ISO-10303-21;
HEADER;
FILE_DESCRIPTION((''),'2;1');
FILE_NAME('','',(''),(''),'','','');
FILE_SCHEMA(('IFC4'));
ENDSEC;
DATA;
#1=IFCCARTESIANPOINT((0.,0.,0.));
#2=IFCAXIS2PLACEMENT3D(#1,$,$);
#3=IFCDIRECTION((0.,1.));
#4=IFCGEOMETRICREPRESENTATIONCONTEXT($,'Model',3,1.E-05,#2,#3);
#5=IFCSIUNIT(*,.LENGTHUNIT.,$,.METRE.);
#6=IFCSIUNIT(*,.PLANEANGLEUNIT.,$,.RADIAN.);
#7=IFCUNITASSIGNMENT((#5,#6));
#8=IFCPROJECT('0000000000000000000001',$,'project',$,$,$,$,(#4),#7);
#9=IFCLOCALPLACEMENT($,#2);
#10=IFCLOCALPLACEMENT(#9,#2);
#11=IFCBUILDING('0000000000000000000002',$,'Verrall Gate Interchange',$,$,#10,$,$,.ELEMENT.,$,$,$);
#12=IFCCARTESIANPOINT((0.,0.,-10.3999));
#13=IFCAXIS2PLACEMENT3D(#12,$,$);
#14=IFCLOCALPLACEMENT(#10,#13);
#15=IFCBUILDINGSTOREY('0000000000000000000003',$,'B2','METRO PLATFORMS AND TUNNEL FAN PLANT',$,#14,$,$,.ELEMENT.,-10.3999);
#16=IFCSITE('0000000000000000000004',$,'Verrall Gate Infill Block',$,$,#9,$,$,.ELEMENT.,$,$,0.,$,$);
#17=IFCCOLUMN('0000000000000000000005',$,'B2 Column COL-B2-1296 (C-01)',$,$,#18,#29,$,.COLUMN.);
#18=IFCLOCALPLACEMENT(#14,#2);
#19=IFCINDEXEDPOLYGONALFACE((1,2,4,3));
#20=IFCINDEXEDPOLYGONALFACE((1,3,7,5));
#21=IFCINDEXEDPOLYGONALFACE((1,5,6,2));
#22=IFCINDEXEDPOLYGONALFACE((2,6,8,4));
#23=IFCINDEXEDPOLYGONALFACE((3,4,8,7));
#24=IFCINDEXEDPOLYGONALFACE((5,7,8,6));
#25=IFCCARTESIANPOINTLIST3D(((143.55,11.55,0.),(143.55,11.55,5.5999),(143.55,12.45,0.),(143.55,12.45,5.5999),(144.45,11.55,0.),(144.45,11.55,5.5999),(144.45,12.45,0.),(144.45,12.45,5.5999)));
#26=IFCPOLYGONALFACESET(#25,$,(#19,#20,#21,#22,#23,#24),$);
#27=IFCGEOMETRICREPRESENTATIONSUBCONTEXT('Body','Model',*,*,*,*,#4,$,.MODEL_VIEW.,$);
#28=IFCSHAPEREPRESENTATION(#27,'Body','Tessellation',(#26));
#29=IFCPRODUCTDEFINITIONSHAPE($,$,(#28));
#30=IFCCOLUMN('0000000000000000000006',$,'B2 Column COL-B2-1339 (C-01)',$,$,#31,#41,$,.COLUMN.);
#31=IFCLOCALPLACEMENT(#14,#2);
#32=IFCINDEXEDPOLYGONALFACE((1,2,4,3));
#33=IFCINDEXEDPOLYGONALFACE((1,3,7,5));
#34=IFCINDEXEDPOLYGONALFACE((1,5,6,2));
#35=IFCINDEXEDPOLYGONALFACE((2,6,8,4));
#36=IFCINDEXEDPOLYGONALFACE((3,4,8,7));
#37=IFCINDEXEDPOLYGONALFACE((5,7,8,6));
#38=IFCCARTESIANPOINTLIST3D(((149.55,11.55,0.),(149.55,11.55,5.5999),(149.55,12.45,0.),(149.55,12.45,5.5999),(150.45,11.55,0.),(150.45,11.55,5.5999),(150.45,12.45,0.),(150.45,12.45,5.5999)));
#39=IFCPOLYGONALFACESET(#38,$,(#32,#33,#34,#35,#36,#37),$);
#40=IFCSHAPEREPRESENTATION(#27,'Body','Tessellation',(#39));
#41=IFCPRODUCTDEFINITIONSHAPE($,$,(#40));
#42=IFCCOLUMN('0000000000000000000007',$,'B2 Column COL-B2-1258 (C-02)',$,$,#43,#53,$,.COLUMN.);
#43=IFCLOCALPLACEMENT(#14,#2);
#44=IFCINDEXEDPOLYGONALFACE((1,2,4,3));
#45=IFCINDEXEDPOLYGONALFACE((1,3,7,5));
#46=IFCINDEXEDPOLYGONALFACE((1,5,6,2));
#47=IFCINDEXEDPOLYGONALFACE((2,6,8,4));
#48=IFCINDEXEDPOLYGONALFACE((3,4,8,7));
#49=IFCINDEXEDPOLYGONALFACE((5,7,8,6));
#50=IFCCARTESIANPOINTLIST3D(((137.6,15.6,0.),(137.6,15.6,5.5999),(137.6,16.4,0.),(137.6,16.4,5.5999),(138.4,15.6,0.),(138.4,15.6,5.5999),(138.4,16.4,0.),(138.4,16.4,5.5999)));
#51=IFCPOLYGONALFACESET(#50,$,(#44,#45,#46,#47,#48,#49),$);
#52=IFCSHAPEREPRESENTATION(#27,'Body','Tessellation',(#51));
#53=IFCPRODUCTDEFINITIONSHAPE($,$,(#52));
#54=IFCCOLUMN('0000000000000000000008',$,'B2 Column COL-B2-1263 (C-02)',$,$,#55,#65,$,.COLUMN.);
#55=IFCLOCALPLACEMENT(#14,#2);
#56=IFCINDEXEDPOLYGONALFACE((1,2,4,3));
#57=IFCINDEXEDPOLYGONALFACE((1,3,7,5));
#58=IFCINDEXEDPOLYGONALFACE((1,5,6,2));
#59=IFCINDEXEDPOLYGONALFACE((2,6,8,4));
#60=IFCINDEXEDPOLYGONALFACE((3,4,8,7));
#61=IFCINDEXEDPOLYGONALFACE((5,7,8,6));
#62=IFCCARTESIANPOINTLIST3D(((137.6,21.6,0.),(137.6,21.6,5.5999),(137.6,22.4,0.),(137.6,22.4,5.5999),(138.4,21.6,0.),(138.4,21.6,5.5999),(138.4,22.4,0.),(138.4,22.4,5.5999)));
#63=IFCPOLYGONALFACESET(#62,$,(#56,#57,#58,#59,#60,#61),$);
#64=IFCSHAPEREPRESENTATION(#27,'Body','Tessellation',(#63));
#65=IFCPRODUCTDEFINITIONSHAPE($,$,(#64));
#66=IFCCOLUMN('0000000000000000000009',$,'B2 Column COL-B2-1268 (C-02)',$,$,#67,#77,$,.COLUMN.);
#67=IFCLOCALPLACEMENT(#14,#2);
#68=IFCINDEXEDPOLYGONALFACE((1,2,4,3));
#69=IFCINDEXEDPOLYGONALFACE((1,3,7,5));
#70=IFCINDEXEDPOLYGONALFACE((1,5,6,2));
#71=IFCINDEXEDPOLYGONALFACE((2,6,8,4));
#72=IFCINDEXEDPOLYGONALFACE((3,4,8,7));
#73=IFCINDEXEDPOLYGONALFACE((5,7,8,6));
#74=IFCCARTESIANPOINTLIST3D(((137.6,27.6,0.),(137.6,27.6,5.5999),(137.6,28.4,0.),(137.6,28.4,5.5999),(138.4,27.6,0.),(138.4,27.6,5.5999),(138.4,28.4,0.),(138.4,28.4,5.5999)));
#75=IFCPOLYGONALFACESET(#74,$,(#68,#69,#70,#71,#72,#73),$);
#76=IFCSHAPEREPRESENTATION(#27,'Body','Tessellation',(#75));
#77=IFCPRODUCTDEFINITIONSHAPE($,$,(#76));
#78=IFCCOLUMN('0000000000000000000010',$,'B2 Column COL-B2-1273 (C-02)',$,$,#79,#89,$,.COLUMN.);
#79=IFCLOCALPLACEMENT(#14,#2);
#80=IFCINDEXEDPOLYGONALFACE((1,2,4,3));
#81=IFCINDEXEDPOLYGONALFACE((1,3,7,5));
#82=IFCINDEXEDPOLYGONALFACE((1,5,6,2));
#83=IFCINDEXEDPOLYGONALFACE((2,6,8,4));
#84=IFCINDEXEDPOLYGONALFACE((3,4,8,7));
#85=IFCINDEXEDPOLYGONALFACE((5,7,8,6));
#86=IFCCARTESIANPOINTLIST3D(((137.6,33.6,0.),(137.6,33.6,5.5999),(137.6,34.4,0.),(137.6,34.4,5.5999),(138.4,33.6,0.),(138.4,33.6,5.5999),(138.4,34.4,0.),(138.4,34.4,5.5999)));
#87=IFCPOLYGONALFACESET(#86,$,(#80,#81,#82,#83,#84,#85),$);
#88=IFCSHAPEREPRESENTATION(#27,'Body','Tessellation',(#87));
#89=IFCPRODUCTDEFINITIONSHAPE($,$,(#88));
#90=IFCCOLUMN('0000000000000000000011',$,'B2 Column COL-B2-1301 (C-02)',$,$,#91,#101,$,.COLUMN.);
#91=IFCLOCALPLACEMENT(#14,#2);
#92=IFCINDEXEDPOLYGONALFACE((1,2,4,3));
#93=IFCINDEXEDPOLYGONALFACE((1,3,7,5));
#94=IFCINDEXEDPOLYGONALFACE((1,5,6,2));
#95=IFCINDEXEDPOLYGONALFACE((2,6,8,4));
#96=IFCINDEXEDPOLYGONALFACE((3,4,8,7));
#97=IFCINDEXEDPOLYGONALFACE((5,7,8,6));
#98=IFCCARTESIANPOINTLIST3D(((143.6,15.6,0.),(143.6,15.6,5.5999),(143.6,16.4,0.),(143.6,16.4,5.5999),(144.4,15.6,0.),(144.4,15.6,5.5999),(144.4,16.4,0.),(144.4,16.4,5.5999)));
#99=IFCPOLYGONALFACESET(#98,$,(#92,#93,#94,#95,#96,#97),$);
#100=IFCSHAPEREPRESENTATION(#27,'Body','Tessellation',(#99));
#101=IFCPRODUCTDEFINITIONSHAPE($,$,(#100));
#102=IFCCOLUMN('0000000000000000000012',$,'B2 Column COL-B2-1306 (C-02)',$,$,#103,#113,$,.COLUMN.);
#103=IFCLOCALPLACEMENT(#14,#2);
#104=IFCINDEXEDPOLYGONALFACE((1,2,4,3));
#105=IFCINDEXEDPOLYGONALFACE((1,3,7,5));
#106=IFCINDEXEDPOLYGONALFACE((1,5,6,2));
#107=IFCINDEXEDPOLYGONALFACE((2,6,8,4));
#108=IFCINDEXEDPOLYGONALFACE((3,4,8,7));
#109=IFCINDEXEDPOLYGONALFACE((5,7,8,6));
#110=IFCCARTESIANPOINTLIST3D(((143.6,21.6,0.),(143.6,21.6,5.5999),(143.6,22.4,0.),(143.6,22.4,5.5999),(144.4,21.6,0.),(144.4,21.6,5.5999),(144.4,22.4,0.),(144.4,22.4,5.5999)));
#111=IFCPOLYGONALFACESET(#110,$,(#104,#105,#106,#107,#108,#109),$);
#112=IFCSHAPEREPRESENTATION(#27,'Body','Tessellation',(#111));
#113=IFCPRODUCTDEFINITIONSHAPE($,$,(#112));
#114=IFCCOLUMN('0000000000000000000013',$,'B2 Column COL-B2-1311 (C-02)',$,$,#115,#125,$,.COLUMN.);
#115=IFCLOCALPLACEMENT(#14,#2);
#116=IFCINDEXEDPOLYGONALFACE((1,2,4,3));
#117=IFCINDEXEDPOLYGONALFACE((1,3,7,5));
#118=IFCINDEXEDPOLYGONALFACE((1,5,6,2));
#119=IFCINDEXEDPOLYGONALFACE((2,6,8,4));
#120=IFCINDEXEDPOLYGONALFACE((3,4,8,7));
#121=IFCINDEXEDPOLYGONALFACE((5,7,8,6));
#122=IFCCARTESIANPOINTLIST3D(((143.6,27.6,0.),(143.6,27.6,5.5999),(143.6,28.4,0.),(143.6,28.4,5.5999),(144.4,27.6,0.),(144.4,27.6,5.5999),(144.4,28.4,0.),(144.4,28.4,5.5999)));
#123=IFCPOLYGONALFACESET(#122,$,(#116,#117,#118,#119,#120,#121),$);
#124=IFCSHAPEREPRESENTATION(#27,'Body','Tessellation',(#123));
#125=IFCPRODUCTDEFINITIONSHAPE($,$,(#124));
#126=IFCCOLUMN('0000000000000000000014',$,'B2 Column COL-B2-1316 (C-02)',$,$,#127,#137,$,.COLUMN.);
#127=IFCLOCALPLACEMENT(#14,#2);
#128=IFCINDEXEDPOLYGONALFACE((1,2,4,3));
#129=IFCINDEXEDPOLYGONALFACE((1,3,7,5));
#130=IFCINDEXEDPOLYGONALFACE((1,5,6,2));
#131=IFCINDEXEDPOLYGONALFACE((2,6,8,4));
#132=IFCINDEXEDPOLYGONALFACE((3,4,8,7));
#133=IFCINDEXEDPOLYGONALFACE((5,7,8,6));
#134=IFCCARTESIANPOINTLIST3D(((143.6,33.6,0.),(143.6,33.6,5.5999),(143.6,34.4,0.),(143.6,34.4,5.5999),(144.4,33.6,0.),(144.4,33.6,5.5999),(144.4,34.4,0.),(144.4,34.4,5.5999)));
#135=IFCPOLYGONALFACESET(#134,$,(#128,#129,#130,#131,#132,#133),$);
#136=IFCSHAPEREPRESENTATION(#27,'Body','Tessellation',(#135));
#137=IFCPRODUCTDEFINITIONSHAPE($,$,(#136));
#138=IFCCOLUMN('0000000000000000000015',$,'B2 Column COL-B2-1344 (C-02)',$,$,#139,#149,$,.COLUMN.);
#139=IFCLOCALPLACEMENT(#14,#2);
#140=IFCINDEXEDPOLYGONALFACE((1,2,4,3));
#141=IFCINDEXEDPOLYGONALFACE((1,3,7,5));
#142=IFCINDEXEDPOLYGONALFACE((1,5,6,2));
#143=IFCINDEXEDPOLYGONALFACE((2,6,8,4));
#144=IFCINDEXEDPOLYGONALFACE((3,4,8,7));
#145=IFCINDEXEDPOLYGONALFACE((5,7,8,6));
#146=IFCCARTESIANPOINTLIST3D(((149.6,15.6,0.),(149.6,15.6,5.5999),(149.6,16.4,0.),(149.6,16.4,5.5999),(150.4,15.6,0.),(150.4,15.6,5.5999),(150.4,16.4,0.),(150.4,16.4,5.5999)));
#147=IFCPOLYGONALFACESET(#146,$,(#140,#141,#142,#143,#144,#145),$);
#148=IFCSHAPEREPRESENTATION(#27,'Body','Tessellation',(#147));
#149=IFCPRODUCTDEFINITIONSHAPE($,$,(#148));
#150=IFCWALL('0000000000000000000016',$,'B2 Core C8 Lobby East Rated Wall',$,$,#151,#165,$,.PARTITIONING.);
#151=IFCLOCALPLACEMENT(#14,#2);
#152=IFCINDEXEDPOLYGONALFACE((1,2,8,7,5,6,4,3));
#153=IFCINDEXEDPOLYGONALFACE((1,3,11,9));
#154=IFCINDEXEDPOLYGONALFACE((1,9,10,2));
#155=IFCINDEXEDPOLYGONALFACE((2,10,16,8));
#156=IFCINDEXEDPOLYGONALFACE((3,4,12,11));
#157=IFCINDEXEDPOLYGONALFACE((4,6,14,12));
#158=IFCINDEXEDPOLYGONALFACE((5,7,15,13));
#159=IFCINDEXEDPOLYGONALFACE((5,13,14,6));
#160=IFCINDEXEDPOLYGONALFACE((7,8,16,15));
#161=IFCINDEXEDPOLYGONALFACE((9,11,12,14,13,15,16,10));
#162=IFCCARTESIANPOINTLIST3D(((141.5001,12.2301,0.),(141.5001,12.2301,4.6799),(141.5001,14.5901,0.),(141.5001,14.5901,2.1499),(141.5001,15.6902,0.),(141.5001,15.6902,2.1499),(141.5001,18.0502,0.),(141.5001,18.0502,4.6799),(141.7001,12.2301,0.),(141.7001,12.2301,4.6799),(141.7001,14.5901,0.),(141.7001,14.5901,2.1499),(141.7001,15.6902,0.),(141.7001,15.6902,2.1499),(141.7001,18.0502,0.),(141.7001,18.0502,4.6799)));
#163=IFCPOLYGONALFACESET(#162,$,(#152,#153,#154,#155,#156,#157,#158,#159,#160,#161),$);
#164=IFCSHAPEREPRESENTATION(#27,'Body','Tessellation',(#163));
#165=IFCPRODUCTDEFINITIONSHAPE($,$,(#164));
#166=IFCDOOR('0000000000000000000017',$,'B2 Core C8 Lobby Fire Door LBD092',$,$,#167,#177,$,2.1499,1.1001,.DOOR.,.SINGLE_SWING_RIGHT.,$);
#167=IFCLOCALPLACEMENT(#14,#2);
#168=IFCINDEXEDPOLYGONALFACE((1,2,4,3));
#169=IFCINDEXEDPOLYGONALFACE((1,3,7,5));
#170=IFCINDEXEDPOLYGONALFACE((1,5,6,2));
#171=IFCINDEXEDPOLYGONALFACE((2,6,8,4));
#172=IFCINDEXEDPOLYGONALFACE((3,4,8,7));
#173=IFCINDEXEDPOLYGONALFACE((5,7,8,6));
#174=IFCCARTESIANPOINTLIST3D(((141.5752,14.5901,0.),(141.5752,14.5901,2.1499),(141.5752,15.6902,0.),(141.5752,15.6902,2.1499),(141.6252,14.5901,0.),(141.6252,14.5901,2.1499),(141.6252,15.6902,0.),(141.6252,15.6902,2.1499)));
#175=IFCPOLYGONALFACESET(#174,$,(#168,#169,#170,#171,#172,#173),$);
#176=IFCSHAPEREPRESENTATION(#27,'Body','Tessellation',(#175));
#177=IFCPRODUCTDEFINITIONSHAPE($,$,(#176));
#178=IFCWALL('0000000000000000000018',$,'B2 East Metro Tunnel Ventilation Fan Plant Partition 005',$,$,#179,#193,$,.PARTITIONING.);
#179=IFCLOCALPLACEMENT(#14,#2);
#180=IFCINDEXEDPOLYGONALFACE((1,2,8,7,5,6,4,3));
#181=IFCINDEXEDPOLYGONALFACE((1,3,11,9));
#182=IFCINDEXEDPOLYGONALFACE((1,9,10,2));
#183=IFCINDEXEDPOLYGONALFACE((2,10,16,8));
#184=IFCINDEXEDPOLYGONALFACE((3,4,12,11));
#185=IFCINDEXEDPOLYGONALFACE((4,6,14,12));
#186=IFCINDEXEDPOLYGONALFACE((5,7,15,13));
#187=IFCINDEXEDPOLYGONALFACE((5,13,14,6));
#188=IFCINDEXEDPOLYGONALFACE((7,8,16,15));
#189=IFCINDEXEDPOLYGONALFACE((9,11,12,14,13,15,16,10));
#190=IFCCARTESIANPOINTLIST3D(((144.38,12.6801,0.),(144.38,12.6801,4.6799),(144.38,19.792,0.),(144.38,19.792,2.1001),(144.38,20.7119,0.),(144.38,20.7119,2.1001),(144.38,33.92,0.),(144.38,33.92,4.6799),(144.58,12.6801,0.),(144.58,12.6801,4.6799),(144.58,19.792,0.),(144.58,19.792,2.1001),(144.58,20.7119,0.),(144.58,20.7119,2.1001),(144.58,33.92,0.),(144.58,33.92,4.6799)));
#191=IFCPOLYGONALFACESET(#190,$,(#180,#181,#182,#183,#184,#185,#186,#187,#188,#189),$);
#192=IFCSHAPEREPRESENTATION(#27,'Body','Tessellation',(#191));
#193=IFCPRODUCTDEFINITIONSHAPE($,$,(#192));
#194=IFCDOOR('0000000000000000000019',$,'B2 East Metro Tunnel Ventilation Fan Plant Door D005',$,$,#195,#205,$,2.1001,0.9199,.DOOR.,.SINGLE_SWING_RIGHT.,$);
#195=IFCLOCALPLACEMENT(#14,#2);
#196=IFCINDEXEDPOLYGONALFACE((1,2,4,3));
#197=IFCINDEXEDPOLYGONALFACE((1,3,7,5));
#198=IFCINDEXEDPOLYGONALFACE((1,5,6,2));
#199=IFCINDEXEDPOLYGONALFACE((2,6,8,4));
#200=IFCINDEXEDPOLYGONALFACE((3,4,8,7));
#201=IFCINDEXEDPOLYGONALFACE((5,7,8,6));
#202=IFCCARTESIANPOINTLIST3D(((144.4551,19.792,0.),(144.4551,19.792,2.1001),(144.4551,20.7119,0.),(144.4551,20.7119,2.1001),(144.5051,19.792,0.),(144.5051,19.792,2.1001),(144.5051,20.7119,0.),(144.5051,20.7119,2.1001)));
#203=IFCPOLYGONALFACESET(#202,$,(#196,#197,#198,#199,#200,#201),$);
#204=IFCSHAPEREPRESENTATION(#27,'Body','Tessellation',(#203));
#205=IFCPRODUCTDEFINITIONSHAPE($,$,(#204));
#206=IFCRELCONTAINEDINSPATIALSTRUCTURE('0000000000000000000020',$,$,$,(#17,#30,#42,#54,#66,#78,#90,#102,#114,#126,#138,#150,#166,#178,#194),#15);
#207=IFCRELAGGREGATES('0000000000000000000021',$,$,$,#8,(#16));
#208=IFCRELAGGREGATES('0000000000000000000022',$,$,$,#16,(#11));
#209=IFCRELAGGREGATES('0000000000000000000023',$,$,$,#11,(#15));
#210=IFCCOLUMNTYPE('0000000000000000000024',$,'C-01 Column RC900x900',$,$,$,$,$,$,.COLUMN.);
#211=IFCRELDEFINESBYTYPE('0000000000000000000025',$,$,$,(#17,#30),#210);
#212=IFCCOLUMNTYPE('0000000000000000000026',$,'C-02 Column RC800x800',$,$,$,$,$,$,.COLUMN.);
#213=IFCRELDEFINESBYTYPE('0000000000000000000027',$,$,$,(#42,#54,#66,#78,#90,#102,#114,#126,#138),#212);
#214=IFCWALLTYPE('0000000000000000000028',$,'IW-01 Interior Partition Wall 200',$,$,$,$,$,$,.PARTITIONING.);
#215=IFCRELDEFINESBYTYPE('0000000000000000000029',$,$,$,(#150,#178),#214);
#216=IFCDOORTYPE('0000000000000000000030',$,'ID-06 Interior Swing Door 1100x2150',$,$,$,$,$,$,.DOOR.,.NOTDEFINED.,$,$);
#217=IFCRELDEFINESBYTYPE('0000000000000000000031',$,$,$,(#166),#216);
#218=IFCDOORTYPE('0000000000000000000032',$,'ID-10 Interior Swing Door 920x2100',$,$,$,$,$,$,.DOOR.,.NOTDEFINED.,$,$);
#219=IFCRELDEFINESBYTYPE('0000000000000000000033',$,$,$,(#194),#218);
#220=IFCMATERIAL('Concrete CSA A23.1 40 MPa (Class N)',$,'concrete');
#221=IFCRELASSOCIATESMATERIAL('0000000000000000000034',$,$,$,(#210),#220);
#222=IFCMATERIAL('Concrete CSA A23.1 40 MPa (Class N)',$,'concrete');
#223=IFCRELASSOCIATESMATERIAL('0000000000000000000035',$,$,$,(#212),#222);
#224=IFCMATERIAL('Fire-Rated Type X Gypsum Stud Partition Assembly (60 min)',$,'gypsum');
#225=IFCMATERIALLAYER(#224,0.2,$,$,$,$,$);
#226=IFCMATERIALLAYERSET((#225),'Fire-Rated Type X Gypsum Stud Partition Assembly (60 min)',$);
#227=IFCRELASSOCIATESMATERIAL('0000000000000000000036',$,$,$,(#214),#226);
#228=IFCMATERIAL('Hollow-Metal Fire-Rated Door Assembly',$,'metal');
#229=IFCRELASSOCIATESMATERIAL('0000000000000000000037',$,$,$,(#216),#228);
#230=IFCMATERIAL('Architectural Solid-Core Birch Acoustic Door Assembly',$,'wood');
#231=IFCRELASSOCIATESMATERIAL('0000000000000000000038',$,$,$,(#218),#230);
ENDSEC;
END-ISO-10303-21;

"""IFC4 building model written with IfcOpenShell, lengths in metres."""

from ifc_helpers import new_model, si_unit, direction, frame, frame_2d, origin, origin_2d, place, context, subcontext, project, spatial, rectangle, extrude, material, layer, layer_set, material_profile, profile_set, type_object, element, fill, save


model = new_model("IFC4")

# Units and contexts
model_context = context("Model", 3, precision=1e-05, world=origin(), true_north=direction((0.0, 1.0)))
body_context = subcontext(model_context, "Body", "Model", "MODEL_VIEW")
ifc_project = project(units=[si_unit("LENGTHUNIT", "METRE"), si_unit("PLANEANGLEUNIT", "RADIAN")], contexts=[model_context])

# Site, building, storey
site_placement = place(None, origin())
site = spatial("IfcSite", under=ifc_project, at=site_placement, Name="Verrall Gate Infill Block", CompositionType="ELEMENT", RefElevation=0.0)
building_placement = place(site_placement, origin())
building = spatial("IfcBuilding", under=site, at=building_placement, Name="Verrall Gate Interchange", CompositionType="ELEMENT")
storey_placement = place(building_placement, frame((0.0, 0.0, -10.3999)))
storey = spatial("IfcBuildingStorey", under=building, at=storey_placement, Name="B2", Description="METRO PLATFORMS AND TUNNEL FAN PLANT", CompositionType="ELEMENT", Elevation=-10.3999)

# Columns
ifc_material_1 = material(Name="Concrete CSA A23.1 40 MPa (Class N)", Category="concrete")
ifc_material_profile_1 = material_profile(ifc_material_1, rectangle(XDim=0.8999, YDim=0.8999, at=origin_2d()), Name="RC900x900")
ifc_profile_set_1 = profile_set([ifc_material_profile_1], Name="Concrete CSA A23.1 40 MPa (Class N)")
column_type_1 = type_object("IfcColumnType", Name="C-01 Column RC900x900", PredefinedType="COLUMN", material=ifc_profile_set_1)
for number, where, z_axis, x_axis, name in (
    (1, (144.0, 12.0, 0.0), (0.0, 0.0, 1.0), (1.0, 0.0, 0.0), "B2 Column COL-B2-1296 (C-01)"),
    (2, (150.0, 12.0, 0.0), (0.0, 0.0, 1.0), (1.0, 0.0, 0.0), "B2 Column COL-B2-1339 (C-01)"),
):
    element("IfcColumn", number, at=place(storey_placement, frame(where, z_axis=z_axis, x_axis=x_axis)), inside=storey, type_object=column_type_1, Name=name, PredefinedType="COLUMN", context=body_context, shape_type="SweptSolid", body=[
        extrude(rectangle(XDim=0.8999, YDim=0.8999, at=origin_2d()), origin(), (0.0, 0.0, 1.0), 5.5999),
    ])
ifc_material_2 = material(Name="Concrete CSA A23.1 40 MPa (Class N)", Category="concrete")
ifc_material_profile_2 = material_profile(ifc_material_2, rectangle(XDim=0.8, YDim=0.8, at=origin_2d()), Name="RC800x800")
ifc_profile_set_2 = profile_set([ifc_material_profile_2], Name="Concrete CSA A23.1 40 MPa (Class N)")
column_type_2 = type_object("IfcColumnType", Name="C-02 Column RC800x800", PredefinedType="COLUMN", material=ifc_profile_set_2)
for number, where, z_axis, x_axis, name in (
    (3, (138.0, 16.0, 0.0), (0.0, 0.0, 1.0), (1.0, 0.0, 0.0), "B2 Column COL-B2-1258 (C-02)"),
    (4, (138.0, 22.0, 0.0), (0.0, 0.0, 1.0), (1.0, 0.0, 0.0), "B2 Column COL-B2-1263 (C-02)"),
    (5, (138.0, 28.0, 0.0), (0.0, 0.0, 1.0), (1.0, 0.0, 0.0), "B2 Column COL-B2-1268 (C-02)"),
    (6, (138.0, 34.0, 0.0), (0.0, 0.0, 1.0), (1.0, 0.0, 0.0), "B2 Column COL-B2-1273 (C-02)"),
    (7, (144.0, 16.0, 0.0), (0.0, 0.0, 1.0), (1.0, 0.0, 0.0), "B2 Column COL-B2-1301 (C-02)"),
    (8, (144.0, 22.0, 0.0), (0.0, 0.0, 1.0), (1.0, 0.0, 0.0), "B2 Column COL-B2-1306 (C-02)"),
    (9, (144.0, 28.0, 0.0), (0.0, 0.0, 1.0), (1.0, 0.0, 0.0), "B2 Column COL-B2-1311 (C-02)"),
    (10, (144.0, 34.0, 0.0), (0.0, 0.0, 1.0), (1.0, 0.0, 0.0), "B2 Column COL-B2-1316 (C-02)"),
    (11, (150.0, 16.0, 0.0), (0.0, 0.0, 1.0), (1.0, 0.0, 0.0), "B2 Column COL-B2-1344 (C-02)"),
):
    element("IfcColumn", number, at=place(storey_placement, frame(where, z_axis=z_axis, x_axis=x_axis)), inside=storey, type_object=column_type_2, Name=name, PredefinedType="COLUMN", context=body_context, shape_type="SweptSolid", body=[
        extrude(rectangle(XDim=0.8, YDim=0.8, at=origin_2d()), origin(), (0.0, 0.0, 1.0), 5.5999),
    ])

# Walls, openings, doors
ifc_material_3 = material(Name="Fire-Rated Type X Gypsum Stud Partition Assembly (60 min)", Category="gypsum")
ifc_layer_1 = layer(ifc_material_3, 0.2)
ifc_layer_set_1 = layer_set([ifc_layer_1], Name="Fire-Rated Type X Gypsum Stud Partition Assembly (60 min)")
wall_type_1 = type_object("IfcWallType", Name="IW-01 Interior Partition Wall 200", PredefinedType="PARTITIONING", material=ifc_layer_set_1)
wall_1_placement = place(storey_placement, frame((141.6001, 12.23, 0.0), z_axis=(0.0, 0.0, 1.0), x_axis=(0.0, 1.0, 0.0)))
wall_1 = element("IfcWall", 12, at=wall_1_placement, inside=storey, type_object=wall_type_1, Name="B2 Core C8 Lobby East Rated Wall", PredefinedType="PARTITIONING", context=body_context, shape_type="SweptSolid", body=[
    extrude(rectangle(XDim=5.8201, YDim=0.2, at=frame_2d((2.9102, 0.0))), origin(), (0.0, 0.0, 1.0), 4.6799),
])
opening_1_placement = place(wall_1_placement, frame((2.3601, 0.0, 0.0)))
opening_1 = element("IfcOpeningElement", 13, at=opening_1_placement, cuts=wall_1, PredefinedType="OPENING", context=body_context, shape_type="SweptSolid", body=[
    extrude(rectangle(XDim=1.1001, YDim=2.1499, at=frame_2d((0.55, 1.075))), frame((0.0, 0.1147, 0.0), z_axis=(0.0, -1.0, 0.0), x_axis=(1.0, 0.0, 0.0)), (0.0, 0.0, 1.0), 0.2297),
])
ifc_material_4 = material(Name="Hollow-Metal Fire-Rated Door Assembly", Category="metal")
door_type_1 = type_object("IfcDoorType", Name="ID-06 Interior Swing Door 1100x2150", OperationType="NOTDEFINED", PredefinedType="DOOR", material=ifc_material_4)
door_1_placement = place(opening_1_placement, origin())
door_1 = element("IfcDoor", 14, at=door_1_placement, inside=storey, type_object=door_type_1, Name="B2 Core C8 Lobby Fire Door LBD092", OperationType="SINGLE_SWING_RIGHT", OverallHeight=2.1499, OverallWidth=1.1001, PredefinedType="DOOR", context=body_context, shape_type="SweptSolid", body=[
    extrude(rectangle(XDim=1.1001, YDim=2.1499, at=frame_2d((0.55, 1.075))), frame((0.0, 0.0249, 0.0), z_axis=(0.0, -1.0, 0.0), x_axis=(1.0, 0.0, 0.0)), (0.0, 0.0, 1.0), 0.05),
])
fill(opening_1, door_1)
wall_2_placement = place(storey_placement, frame((144.48, 12.6799, 0.0), z_axis=(0.0, 0.0, 1.0), x_axis=(0.0, 1.0, 0.0)))
wall_2 = element("IfcWall", 15, at=wall_2_placement, inside=storey, type_object=wall_type_1, Name="B2 East Metro Tunnel Ventilation Fan Plant Partition 005", PredefinedType="PARTITIONING", context=body_context, shape_type="SweptSolid", body=[
    extrude(rectangle(XDim=21.24, YDim=0.2, at=frame_2d((10.6201, 0.0))), origin(), (0.0, 0.0, 1.0), 4.6799),
])
opening_2_placement = place(wall_2_placement, frame((7.1121, 0.0, 0.0)))
opening_2 = element("IfcOpeningElement", 16, at=opening_2_placement, cuts=wall_2, PredefinedType="OPENING", context=body_context, shape_type="SweptSolid", body=[
    extrude(rectangle(XDim=0.9199, YDim=2.1001, at=frame_2d((0.46, 1.05))), frame((0.0, 0.1147, 0.0), z_axis=(0.0, -1.0, 0.0), x_axis=(1.0, 0.0, 0.0)), (0.0, 0.0, 1.0), 0.2297),
])
ifc_material_5 = material(Name="Architectural Solid-Core Birch Acoustic Door Assembly", Category="wood")
door_type_2 = type_object("IfcDoorType", Name="ID-10 Interior Swing Door 920x2100", OperationType="NOTDEFINED", PredefinedType="DOOR", material=ifc_material_5)
door_2_placement = place(opening_2_placement, origin())
door_2 = element("IfcDoor", 17, at=door_2_placement, inside=storey, type_object=door_type_2, Name="B2 East Metro Tunnel Ventilation Fan Plant Door D005", OperationType="SINGLE_SWING_RIGHT", OverallHeight=2.1001, OverallWidth=0.9199, PredefinedType="DOOR", context=body_context, shape_type="SweptSolid", body=[
    extrude(rectangle(XDim=0.9199, YDim=2.1001, at=frame_2d((0.46, 1.05))), frame((0.0, 0.0249, 0.0), z_axis=(0.0, -1.0, 0.0), x_axis=(1.0, 0.0, 0.0)), (0.0, 0.0, 1.0), 0.05),
])
fill(opening_2, door_2)

save(model, "model.ifc")
